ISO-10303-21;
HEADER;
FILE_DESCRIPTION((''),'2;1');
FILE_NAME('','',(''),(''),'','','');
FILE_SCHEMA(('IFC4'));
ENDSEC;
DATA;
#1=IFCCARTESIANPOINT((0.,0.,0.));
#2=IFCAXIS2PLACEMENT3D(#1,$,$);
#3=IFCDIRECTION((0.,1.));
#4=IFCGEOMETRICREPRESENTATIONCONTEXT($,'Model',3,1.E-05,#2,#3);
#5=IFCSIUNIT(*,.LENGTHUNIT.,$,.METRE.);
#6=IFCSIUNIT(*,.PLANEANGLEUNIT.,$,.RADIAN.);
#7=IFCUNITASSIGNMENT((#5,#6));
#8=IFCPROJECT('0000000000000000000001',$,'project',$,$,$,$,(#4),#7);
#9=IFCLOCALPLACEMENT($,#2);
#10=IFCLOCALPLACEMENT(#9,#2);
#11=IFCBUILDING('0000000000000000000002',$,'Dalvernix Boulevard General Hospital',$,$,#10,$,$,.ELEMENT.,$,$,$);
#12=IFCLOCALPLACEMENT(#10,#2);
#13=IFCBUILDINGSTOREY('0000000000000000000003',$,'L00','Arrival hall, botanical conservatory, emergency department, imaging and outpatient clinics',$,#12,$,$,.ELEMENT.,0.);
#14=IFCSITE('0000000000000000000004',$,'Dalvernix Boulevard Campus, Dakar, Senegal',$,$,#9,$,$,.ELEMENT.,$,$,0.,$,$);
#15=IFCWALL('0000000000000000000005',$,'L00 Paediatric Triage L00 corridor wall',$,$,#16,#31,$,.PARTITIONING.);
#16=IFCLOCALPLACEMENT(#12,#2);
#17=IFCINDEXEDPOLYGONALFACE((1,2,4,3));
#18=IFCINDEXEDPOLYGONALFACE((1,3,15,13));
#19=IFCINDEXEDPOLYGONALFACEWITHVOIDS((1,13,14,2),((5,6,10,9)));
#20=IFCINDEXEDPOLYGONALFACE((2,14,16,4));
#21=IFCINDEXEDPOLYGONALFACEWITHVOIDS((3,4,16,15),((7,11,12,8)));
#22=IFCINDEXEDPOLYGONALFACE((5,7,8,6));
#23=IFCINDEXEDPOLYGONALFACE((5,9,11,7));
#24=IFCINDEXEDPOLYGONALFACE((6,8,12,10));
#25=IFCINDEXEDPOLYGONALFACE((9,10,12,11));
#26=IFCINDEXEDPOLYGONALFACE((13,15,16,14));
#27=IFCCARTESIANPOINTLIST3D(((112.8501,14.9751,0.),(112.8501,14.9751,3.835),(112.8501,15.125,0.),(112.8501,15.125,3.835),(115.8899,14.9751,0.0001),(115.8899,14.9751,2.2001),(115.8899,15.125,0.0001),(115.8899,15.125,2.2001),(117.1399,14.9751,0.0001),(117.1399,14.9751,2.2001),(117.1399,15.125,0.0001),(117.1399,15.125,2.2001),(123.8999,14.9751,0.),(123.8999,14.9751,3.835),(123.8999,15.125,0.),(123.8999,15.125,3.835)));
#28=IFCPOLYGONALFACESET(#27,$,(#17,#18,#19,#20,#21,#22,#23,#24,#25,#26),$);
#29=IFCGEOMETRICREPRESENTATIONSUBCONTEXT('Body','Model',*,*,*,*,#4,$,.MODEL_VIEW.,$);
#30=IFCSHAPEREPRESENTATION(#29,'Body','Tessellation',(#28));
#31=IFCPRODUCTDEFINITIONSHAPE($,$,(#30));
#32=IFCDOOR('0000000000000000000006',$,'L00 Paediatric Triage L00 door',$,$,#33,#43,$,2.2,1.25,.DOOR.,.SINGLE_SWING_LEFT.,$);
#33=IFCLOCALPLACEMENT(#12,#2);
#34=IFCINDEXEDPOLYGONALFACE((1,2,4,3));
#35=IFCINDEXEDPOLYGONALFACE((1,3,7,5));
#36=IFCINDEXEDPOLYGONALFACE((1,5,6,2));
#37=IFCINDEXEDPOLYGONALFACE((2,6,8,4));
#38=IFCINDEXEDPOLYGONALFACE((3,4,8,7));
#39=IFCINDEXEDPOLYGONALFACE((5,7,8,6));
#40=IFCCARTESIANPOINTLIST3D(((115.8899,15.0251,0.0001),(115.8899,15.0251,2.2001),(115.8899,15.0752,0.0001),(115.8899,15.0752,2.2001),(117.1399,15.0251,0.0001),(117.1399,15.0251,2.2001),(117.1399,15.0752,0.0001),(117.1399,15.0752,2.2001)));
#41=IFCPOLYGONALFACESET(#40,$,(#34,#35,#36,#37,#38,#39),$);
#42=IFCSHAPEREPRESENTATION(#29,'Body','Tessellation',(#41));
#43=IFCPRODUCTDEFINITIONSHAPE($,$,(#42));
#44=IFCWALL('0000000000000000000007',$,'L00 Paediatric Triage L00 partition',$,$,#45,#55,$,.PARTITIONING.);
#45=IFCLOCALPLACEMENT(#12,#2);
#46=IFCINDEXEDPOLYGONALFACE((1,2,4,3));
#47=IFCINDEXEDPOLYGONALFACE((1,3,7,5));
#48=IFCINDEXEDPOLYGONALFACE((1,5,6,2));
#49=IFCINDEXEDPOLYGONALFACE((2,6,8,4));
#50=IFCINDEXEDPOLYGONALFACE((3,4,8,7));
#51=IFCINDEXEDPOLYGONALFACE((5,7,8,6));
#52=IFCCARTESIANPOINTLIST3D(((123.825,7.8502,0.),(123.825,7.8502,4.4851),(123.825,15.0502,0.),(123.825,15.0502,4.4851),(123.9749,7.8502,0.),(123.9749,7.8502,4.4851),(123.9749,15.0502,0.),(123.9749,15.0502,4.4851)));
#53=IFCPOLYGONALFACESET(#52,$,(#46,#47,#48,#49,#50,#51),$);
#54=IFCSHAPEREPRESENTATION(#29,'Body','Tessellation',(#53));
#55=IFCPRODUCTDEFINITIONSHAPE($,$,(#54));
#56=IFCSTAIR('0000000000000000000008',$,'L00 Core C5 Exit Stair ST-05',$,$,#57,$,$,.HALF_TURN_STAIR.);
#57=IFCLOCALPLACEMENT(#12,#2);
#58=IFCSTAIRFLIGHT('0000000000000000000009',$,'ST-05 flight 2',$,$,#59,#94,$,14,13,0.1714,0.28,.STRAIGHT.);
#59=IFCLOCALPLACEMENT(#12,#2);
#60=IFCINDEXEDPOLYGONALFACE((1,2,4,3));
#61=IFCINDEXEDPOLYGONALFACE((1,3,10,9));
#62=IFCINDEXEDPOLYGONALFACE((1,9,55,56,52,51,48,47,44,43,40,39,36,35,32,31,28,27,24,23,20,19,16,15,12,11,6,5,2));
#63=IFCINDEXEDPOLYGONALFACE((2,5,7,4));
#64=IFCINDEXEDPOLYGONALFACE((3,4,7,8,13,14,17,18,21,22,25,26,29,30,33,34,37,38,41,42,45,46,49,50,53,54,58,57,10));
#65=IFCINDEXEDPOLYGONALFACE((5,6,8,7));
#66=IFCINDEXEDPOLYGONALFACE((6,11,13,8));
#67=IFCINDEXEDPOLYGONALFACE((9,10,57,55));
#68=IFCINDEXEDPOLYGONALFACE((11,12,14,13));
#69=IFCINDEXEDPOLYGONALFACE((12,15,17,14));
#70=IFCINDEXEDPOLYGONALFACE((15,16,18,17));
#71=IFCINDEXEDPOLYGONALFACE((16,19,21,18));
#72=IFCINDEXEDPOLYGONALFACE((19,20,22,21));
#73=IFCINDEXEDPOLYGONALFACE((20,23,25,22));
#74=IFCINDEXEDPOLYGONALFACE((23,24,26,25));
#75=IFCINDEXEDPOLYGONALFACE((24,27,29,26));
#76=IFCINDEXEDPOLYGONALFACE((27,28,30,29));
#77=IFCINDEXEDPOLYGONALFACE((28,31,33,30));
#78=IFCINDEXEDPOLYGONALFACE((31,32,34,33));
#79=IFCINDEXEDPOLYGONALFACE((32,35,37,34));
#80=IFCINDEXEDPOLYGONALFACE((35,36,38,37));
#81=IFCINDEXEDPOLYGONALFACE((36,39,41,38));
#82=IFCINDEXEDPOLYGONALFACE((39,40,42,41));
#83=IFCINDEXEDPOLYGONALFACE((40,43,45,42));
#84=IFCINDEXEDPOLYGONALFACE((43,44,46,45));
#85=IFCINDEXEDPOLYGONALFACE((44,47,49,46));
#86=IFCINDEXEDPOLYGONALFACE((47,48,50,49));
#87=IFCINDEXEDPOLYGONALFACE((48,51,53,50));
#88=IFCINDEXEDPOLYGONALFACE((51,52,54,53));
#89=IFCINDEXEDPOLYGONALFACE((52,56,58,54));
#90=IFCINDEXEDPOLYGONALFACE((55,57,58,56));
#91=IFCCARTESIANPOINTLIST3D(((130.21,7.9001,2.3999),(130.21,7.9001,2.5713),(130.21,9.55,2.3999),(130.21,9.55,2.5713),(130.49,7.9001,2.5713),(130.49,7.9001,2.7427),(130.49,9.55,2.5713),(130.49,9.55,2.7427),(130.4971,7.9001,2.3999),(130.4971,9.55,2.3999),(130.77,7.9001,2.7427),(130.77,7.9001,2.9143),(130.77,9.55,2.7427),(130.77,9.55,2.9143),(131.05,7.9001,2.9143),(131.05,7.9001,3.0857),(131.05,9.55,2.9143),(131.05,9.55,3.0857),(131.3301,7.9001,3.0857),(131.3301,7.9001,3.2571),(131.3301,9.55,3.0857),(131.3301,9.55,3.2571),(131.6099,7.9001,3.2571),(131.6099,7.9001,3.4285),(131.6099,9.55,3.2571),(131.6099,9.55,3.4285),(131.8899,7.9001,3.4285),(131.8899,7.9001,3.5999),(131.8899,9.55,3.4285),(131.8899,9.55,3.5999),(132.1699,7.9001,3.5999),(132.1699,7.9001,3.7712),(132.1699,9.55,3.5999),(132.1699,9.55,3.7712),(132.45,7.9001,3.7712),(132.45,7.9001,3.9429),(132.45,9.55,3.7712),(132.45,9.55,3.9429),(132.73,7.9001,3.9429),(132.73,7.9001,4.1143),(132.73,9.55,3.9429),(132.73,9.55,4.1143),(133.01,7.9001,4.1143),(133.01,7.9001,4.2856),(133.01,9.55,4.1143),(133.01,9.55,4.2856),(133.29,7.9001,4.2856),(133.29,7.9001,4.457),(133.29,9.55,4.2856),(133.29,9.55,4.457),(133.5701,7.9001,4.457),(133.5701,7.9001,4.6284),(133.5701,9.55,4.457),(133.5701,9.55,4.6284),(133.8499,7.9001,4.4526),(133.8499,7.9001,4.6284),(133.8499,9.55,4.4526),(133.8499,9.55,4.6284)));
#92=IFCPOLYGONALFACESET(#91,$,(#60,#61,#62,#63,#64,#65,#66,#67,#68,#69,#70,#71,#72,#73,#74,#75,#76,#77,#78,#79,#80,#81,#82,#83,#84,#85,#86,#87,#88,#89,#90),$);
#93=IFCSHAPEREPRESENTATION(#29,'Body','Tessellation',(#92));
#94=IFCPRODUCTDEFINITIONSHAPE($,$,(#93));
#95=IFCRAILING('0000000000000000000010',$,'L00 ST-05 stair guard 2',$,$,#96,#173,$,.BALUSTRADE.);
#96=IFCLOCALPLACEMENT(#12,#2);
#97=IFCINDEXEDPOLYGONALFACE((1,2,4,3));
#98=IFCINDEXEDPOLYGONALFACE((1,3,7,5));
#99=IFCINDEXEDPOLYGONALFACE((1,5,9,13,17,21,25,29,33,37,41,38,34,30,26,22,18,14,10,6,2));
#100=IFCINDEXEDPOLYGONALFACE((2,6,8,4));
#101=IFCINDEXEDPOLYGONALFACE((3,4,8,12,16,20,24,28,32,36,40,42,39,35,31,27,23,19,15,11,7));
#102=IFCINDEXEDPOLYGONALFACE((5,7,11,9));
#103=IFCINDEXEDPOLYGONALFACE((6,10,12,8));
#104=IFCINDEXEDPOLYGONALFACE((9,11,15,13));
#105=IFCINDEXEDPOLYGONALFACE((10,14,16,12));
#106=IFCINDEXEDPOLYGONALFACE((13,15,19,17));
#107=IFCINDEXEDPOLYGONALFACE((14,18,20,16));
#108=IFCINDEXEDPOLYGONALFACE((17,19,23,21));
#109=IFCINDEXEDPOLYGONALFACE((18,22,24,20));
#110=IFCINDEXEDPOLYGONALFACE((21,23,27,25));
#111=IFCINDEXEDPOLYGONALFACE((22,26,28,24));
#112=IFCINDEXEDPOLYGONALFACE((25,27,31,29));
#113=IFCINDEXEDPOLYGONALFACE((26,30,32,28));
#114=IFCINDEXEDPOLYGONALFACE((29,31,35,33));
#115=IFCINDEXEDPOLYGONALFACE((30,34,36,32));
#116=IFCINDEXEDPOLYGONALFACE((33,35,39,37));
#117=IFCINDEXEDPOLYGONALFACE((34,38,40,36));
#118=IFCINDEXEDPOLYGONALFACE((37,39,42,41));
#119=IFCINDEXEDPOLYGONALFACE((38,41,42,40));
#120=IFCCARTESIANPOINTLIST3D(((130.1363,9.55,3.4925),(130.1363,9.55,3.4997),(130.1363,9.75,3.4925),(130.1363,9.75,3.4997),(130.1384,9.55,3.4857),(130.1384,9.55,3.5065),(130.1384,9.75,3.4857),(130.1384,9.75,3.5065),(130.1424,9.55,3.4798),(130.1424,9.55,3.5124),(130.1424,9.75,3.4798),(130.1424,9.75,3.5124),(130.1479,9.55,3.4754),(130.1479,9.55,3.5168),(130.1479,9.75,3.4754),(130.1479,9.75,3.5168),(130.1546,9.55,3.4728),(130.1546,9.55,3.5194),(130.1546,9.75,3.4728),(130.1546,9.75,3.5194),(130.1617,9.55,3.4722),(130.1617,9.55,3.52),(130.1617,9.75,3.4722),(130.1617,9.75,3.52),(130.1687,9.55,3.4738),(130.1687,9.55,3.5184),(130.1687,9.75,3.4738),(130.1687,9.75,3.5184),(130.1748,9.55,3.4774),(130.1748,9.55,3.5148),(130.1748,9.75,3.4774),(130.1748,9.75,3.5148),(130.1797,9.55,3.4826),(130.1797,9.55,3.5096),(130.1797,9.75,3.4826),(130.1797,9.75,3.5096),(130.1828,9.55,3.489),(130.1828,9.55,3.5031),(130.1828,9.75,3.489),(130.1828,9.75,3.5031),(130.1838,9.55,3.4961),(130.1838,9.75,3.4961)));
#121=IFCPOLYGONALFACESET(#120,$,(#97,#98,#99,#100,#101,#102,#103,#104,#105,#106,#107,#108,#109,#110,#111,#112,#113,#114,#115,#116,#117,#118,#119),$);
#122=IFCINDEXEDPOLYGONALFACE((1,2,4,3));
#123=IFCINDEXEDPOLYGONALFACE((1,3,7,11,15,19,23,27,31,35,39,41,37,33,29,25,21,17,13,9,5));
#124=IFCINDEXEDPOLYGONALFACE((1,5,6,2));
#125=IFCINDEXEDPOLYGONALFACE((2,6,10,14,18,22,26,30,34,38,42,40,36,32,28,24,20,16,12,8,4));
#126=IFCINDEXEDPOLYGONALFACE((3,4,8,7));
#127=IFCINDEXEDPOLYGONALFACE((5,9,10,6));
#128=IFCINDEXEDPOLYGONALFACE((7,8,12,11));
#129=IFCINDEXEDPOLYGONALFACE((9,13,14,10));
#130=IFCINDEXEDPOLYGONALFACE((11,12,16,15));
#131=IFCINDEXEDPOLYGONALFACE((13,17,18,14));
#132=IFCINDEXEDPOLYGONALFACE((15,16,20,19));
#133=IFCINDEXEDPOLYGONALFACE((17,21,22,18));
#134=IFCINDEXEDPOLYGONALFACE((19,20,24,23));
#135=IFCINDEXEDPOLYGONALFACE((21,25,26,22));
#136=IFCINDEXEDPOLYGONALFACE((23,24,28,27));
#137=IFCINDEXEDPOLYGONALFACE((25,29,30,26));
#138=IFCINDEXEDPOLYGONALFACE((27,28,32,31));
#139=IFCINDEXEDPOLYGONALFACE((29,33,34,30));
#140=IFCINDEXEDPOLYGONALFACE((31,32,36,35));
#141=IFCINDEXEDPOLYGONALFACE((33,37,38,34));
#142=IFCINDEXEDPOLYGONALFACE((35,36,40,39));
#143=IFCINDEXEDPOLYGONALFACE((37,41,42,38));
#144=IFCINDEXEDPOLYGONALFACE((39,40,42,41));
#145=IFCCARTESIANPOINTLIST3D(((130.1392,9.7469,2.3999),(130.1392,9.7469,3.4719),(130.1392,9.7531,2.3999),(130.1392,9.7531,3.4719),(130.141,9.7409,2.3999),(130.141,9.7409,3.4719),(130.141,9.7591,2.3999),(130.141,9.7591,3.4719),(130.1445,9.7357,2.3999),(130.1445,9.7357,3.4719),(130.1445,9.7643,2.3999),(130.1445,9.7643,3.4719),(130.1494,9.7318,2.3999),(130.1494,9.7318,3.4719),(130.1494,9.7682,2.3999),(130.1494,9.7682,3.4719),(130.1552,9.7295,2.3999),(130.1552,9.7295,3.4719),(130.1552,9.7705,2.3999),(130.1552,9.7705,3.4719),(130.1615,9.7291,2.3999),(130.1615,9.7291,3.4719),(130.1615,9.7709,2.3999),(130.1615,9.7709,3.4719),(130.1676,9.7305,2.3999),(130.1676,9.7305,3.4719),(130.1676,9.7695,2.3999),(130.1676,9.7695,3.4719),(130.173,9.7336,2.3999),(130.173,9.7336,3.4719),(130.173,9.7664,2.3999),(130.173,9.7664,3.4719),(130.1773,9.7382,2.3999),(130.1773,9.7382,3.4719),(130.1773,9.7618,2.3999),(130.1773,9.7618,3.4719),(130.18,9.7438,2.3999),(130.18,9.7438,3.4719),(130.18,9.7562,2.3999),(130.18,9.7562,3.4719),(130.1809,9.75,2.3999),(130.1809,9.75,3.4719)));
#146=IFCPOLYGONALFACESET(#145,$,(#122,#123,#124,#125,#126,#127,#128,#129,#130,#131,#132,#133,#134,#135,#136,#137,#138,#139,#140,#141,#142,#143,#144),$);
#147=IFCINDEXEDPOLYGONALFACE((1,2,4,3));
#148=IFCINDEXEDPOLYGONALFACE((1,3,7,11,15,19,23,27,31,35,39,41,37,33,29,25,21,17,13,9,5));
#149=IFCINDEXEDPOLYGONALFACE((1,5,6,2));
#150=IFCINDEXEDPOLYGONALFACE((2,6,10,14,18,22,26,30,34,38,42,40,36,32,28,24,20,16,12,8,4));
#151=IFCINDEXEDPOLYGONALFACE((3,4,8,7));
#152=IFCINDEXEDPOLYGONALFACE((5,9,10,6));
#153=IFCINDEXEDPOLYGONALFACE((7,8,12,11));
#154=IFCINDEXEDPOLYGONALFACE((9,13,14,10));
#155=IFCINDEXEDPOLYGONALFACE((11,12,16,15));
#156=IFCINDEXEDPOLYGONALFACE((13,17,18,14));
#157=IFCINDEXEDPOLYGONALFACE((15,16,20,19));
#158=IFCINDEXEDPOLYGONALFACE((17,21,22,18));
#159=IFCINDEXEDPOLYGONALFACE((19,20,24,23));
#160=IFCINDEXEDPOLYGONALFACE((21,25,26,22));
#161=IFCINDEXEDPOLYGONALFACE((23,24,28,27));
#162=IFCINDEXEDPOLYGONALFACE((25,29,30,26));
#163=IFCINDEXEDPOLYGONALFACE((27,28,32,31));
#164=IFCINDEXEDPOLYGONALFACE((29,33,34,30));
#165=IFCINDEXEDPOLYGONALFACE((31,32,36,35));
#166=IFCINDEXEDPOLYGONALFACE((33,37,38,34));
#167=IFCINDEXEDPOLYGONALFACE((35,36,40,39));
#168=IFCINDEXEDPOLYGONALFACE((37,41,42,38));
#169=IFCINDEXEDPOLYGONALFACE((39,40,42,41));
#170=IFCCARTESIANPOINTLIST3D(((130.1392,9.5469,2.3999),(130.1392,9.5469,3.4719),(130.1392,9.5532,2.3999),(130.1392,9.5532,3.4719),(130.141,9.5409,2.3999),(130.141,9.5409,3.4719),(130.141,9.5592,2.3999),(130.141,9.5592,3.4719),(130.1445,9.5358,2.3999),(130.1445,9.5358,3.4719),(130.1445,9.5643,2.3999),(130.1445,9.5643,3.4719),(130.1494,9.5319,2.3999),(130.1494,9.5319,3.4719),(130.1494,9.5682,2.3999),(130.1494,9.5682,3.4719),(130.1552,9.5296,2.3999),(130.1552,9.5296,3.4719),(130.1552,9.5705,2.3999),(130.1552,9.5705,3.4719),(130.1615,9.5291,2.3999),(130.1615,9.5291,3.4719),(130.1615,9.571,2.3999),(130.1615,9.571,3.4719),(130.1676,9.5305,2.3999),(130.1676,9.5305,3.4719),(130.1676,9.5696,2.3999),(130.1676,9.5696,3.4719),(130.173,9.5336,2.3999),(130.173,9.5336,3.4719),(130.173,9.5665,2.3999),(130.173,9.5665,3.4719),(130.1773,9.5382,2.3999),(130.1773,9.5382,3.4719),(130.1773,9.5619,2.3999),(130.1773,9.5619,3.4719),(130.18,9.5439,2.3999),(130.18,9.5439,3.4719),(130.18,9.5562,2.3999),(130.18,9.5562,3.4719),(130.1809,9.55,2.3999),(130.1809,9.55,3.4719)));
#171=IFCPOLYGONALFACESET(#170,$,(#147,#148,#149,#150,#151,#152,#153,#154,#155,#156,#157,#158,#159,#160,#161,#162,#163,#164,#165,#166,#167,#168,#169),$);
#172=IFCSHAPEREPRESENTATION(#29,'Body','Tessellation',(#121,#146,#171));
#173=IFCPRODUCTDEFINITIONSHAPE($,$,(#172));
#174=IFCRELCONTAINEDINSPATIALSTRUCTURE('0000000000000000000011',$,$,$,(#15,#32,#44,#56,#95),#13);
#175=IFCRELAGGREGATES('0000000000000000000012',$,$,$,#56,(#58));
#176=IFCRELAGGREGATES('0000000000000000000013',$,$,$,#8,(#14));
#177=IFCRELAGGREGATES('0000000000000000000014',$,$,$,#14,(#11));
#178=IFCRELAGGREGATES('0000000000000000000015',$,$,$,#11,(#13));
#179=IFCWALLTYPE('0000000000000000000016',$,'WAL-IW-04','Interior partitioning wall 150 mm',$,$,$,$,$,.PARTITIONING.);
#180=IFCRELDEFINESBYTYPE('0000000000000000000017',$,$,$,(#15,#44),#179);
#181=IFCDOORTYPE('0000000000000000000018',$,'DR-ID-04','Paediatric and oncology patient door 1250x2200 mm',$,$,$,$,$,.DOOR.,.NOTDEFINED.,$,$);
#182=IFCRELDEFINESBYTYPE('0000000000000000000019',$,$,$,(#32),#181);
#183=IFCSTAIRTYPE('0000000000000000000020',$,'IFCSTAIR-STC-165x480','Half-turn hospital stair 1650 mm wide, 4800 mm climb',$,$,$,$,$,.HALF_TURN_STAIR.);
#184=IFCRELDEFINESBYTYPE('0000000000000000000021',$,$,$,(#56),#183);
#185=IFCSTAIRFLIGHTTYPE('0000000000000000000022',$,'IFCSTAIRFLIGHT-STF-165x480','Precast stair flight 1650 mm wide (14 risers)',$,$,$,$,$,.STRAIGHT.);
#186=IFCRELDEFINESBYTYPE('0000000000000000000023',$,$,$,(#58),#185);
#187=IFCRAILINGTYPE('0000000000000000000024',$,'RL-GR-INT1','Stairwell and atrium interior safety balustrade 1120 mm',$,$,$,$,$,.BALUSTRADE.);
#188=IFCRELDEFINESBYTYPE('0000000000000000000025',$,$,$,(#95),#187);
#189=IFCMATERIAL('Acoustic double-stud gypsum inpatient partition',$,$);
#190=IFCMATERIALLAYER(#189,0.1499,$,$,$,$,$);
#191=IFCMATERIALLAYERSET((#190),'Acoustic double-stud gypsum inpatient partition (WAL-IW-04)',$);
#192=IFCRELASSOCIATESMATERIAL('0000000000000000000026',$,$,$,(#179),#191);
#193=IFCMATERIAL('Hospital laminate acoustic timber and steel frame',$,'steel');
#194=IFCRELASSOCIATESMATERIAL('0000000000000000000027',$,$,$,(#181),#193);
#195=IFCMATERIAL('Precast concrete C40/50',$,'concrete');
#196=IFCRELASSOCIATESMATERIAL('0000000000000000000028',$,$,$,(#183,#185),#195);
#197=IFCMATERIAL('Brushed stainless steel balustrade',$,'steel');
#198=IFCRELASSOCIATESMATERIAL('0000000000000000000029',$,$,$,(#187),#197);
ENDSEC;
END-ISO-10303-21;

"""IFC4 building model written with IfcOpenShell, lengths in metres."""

from ifc_helpers import new_model, si_unit, direction, frame, frame_2d, origin, origin_2d, place, context, subcontext, project, spatial, polyline, rectangle, circle, outline, extrude, material, layer, layer_set, type_object, element, fill, aggregate, save


model = new_model("IFC4")

# Units and contexts
model_context = context("Model", 3, precision=1e-05, world=origin(), true_north=direction((0.0, 1.0)))
body_context = subcontext(model_context, "Body", "Model", "MODEL_VIEW")
ifc_project = project(units=[si_unit("LENGTHUNIT", "METRE"), si_unit("PLANEANGLEUNIT", "RADIAN")], contexts=[model_context])

# Site, building, storey
site_placement = place(None, origin())
site = spatial("IfcSite", under=ifc_project, at=site_placement, Name="Dalvernix Boulevard Campus, Dakar, Senegal", CompositionType="ELEMENT", RefElevation=0.0)
building_placement = place(site_placement, origin())
building = spatial("IfcBuilding", under=site, at=building_placement, Name="Dalvernix Boulevard General Hospital", CompositionType="ELEMENT")
storey_placement = place(building_placement, origin())
storey = spatial("IfcBuildingStorey", under=building, at=storey_placement, Name="L00", Description="Arrival hall, botanical conservatory, emergency department, imaging and outpatient clinics", CompositionType="ELEMENT", Elevation=0.0)

# Wall, opening, door
ifc_material_1 = material(Name="Acoustic double-stud gypsum inpatient partition")
ifc_layer_1 = layer(ifc_material_1, 0.1499)
ifc_layer_set_1 = layer_set([ifc_layer_1], Name="Acoustic double-stud gypsum inpatient partition (WAL-IW-04)")
wall_type_1 = type_object("IfcWallType", Name="WAL-IW-04", Description="Interior partitioning wall 150 mm", PredefinedType="PARTITIONING", material=ifc_layer_set_1)
wall_1_placement = place(storey_placement, frame((123.8999, 15.05, 0.0), z_axis=(0.0, 0.0, 1.0), x_axis=(-1.0, 0.0, 0.0)))
wall_1 = element("IfcWall", 1, at=wall_1_placement, inside=storey, type_object=wall_type_1, Name="L00 Paediatric Triage L00 corridor wall", PredefinedType="PARTITIONING", context=body_context, shape_type="SweptSolid", body=[
    extrude(rectangle(XDim=11.0498, YDim=0.1499, at=frame_2d((5.5249, 0.0))), origin(), (0.0, 0.0, 1.0), 3.835),
])
opening_placement = place(wall_1_placement, frame((6.76, 0.0, 0.0)))
opening = element("IfcOpeningElement", 2, at=opening_placement, cuts=wall_1, PredefinedType="OPENING", context=body_context, shape_type="SweptSolid", body=[
    extrude(rectangle(XDim=1.25, YDim=2.2, at=frame_2d((0.625, 1.1001))), frame((0.0, 0.085, 0.0), z_axis=(0.0, -1.0, 0.0), x_axis=(1.0, 0.0, 0.0)), (0.0, 0.0, 1.0), 0.1699),
])
ifc_material_2 = material(Name="Hospital laminate acoustic timber and steel frame", Category="steel")
door_type = type_object("IfcDoorType", Name="DR-ID-04", Description="Paediatric and oncology patient door 1250x2200 mm", OperationType="NOTDEFINED", PredefinedType="DOOR", material=ifc_material_2)
door_placement = place(opening_placement, origin())
door = element("IfcDoor", 3, at=door_placement, inside=storey, type_object=door_type, Name="L00 Paediatric Triage L00 door", OperationType="SINGLE_SWING_LEFT", OverallHeight=2.2, OverallWidth=1.25, PredefinedType="DOOR", context=body_context, shape_type="SweptSolid", body=[
    extrude(rectangle(XDim=1.25, YDim=2.2, at=frame_2d((0.625, 1.1001))), frame((0.0, 0.0249, 0.0), z_axis=(0.0, -1.0, 0.0), x_axis=(1.0, 0.0, 0.0)), (0.0, 0.0, 1.0), 0.05),
])
fill(opening, door)

# Wall
wall_2_placement = place(storey_placement, frame((123.8999, 7.8501, 0.0), z_axis=(0.0, 0.0, 1.0), x_axis=(0.0, 1.0, 0.0)))
element("IfcWall", 4, at=wall_2_placement, inside=storey, type_object=wall_type_1, Name="L00 Paediatric Triage L00 partition", PredefinedType="PARTITIONING", context=body_context, shape_type="SweptSolid", body=[
    extrude(rectangle(XDim=7.2, YDim=0.1499, at=frame_2d((3.6001, 0.0))), origin(), (0.0, 0.0, 1.0), 4.4851),
])

# Stair, stair flight
ifc_material_3 = material(Name="Precast concrete C40/50", Category="concrete")
stair_type = type_object("IfcStairType", Name="IFCSTAIR-STC-165x480", Description="Half-turn hospital stair 1650 mm wide, 4800 mm climb", PredefinedType="HALF_TURN_STAIR", material=ifc_material_3)
stair_placement = place(storey_placement, origin())
stair = element("IfcStair", 5, at=stair_placement, inside=storey, type_object=stair_type, Name="L00 Core C5 Exit Stair ST-05", PredefinedType="HALF_TURN_STAIR")
stair_flight_type = type_object("IfcStairFlightType", Name="IFCSTAIRFLIGHT-STF-165x480", Description="Precast stair flight 1650 mm wide (14 risers)", PredefinedType="STRAIGHT", material=ifc_material_3)
stair_flight_placement = place(storey_placement, frame((130.21, 8.7251, 2.3999), z_axis=(0.0, 0.0, 1.0), x_axis=(1.0, 0.0, 0.0)))
stair_flight = element("IfcStairFlight", 6, at=stair_flight_placement, type_object=stair_flight_type, Name="ST-05 flight 2", NumberOfRisers=14, NumberOfTreads=13, PredefinedType="STRAIGHT", RiserHeight=0.1714, TreadLength=0.28, context=body_context, shape_type="SweptSolid", body=[
    extrude(outline(polyline([(0.0, 0.0), (0.0, 0.1714), (0.28, 0.1714), (0.28, 0.3428), (0.5601, 0.3428), (0.5601, 0.5144), (0.8401, 0.5144), (0.8401, 0.6858), (1.1201, 0.6858), (1.1201, 0.8572), (1.3999, 0.8572), (1.3999, 1.0286), (1.6799, 1.0286), (1.6799, 1.2), (1.96, 1.2), (1.96, 1.3713), (2.24, 1.3713), (2.24, 1.543), (2.52, 1.543), (2.52, 1.7144), (2.8, 1.7144), (2.8, 1.8857), (3.0801, 1.8857), (3.0801, 2.0571), (3.3601, 2.0571), (3.3601, 2.2285), (3.6399, 2.2285), (3.6399, 2.3999), (3.6399, 2.0527), (0.2871, 0.0), (0.0, 0.0)])), frame((0.0, 0.825, 0.0), z_axis=(0.0, -1.0, 0.0), x_axis=(1.0, 0.0, 0.0)), (0.0, 0.0, 1.0), 1.6499),
])
aggregate(stair, [stair_flight])

# Railing
ifc_material_4 = material(Name="Brushed stainless steel balustrade", Category="steel")
railing_type_1 = type_object("IfcRailingType", Name="RL-GR-INT1", Description="Stairwell and atrium interior safety balustrade 1120 mm", PredefinedType="BALUSTRADE", material=ifc_material_4)
railing_1_placement = place(storey_placement, frame((130.1599, 9.75, 2.3999)))
element("IfcRailing", 7, at=railing_1_placement, inside=storey, type_object=railing_type_1, Name="L00 ST-05 stair guard 2", PredefinedType="BALUSTRADE", context=body_context, shape_type="SweptSolid", body=[
    extrude(circle(Radius=0.0239, at=origin_2d()), frame((0.0, 0.0, 1.0962), z_axis=(0.0, -1.0, 0.0), x_axis=(1.0, 0.0, 0.0)), (0.0, 0.0, 1.0), 0.2),
    extrude(circle(Radius=0.021, at=origin_2d()), origin(), (0.0, 0.0, 1.0), 1.072),
    extrude(circle(Radius=0.021, at=origin_2d()), frame((0.0, -0.2, 0.0)), (0.0, 0.0, 1.0), 1.072),
])

save(model, "model.ifc")
